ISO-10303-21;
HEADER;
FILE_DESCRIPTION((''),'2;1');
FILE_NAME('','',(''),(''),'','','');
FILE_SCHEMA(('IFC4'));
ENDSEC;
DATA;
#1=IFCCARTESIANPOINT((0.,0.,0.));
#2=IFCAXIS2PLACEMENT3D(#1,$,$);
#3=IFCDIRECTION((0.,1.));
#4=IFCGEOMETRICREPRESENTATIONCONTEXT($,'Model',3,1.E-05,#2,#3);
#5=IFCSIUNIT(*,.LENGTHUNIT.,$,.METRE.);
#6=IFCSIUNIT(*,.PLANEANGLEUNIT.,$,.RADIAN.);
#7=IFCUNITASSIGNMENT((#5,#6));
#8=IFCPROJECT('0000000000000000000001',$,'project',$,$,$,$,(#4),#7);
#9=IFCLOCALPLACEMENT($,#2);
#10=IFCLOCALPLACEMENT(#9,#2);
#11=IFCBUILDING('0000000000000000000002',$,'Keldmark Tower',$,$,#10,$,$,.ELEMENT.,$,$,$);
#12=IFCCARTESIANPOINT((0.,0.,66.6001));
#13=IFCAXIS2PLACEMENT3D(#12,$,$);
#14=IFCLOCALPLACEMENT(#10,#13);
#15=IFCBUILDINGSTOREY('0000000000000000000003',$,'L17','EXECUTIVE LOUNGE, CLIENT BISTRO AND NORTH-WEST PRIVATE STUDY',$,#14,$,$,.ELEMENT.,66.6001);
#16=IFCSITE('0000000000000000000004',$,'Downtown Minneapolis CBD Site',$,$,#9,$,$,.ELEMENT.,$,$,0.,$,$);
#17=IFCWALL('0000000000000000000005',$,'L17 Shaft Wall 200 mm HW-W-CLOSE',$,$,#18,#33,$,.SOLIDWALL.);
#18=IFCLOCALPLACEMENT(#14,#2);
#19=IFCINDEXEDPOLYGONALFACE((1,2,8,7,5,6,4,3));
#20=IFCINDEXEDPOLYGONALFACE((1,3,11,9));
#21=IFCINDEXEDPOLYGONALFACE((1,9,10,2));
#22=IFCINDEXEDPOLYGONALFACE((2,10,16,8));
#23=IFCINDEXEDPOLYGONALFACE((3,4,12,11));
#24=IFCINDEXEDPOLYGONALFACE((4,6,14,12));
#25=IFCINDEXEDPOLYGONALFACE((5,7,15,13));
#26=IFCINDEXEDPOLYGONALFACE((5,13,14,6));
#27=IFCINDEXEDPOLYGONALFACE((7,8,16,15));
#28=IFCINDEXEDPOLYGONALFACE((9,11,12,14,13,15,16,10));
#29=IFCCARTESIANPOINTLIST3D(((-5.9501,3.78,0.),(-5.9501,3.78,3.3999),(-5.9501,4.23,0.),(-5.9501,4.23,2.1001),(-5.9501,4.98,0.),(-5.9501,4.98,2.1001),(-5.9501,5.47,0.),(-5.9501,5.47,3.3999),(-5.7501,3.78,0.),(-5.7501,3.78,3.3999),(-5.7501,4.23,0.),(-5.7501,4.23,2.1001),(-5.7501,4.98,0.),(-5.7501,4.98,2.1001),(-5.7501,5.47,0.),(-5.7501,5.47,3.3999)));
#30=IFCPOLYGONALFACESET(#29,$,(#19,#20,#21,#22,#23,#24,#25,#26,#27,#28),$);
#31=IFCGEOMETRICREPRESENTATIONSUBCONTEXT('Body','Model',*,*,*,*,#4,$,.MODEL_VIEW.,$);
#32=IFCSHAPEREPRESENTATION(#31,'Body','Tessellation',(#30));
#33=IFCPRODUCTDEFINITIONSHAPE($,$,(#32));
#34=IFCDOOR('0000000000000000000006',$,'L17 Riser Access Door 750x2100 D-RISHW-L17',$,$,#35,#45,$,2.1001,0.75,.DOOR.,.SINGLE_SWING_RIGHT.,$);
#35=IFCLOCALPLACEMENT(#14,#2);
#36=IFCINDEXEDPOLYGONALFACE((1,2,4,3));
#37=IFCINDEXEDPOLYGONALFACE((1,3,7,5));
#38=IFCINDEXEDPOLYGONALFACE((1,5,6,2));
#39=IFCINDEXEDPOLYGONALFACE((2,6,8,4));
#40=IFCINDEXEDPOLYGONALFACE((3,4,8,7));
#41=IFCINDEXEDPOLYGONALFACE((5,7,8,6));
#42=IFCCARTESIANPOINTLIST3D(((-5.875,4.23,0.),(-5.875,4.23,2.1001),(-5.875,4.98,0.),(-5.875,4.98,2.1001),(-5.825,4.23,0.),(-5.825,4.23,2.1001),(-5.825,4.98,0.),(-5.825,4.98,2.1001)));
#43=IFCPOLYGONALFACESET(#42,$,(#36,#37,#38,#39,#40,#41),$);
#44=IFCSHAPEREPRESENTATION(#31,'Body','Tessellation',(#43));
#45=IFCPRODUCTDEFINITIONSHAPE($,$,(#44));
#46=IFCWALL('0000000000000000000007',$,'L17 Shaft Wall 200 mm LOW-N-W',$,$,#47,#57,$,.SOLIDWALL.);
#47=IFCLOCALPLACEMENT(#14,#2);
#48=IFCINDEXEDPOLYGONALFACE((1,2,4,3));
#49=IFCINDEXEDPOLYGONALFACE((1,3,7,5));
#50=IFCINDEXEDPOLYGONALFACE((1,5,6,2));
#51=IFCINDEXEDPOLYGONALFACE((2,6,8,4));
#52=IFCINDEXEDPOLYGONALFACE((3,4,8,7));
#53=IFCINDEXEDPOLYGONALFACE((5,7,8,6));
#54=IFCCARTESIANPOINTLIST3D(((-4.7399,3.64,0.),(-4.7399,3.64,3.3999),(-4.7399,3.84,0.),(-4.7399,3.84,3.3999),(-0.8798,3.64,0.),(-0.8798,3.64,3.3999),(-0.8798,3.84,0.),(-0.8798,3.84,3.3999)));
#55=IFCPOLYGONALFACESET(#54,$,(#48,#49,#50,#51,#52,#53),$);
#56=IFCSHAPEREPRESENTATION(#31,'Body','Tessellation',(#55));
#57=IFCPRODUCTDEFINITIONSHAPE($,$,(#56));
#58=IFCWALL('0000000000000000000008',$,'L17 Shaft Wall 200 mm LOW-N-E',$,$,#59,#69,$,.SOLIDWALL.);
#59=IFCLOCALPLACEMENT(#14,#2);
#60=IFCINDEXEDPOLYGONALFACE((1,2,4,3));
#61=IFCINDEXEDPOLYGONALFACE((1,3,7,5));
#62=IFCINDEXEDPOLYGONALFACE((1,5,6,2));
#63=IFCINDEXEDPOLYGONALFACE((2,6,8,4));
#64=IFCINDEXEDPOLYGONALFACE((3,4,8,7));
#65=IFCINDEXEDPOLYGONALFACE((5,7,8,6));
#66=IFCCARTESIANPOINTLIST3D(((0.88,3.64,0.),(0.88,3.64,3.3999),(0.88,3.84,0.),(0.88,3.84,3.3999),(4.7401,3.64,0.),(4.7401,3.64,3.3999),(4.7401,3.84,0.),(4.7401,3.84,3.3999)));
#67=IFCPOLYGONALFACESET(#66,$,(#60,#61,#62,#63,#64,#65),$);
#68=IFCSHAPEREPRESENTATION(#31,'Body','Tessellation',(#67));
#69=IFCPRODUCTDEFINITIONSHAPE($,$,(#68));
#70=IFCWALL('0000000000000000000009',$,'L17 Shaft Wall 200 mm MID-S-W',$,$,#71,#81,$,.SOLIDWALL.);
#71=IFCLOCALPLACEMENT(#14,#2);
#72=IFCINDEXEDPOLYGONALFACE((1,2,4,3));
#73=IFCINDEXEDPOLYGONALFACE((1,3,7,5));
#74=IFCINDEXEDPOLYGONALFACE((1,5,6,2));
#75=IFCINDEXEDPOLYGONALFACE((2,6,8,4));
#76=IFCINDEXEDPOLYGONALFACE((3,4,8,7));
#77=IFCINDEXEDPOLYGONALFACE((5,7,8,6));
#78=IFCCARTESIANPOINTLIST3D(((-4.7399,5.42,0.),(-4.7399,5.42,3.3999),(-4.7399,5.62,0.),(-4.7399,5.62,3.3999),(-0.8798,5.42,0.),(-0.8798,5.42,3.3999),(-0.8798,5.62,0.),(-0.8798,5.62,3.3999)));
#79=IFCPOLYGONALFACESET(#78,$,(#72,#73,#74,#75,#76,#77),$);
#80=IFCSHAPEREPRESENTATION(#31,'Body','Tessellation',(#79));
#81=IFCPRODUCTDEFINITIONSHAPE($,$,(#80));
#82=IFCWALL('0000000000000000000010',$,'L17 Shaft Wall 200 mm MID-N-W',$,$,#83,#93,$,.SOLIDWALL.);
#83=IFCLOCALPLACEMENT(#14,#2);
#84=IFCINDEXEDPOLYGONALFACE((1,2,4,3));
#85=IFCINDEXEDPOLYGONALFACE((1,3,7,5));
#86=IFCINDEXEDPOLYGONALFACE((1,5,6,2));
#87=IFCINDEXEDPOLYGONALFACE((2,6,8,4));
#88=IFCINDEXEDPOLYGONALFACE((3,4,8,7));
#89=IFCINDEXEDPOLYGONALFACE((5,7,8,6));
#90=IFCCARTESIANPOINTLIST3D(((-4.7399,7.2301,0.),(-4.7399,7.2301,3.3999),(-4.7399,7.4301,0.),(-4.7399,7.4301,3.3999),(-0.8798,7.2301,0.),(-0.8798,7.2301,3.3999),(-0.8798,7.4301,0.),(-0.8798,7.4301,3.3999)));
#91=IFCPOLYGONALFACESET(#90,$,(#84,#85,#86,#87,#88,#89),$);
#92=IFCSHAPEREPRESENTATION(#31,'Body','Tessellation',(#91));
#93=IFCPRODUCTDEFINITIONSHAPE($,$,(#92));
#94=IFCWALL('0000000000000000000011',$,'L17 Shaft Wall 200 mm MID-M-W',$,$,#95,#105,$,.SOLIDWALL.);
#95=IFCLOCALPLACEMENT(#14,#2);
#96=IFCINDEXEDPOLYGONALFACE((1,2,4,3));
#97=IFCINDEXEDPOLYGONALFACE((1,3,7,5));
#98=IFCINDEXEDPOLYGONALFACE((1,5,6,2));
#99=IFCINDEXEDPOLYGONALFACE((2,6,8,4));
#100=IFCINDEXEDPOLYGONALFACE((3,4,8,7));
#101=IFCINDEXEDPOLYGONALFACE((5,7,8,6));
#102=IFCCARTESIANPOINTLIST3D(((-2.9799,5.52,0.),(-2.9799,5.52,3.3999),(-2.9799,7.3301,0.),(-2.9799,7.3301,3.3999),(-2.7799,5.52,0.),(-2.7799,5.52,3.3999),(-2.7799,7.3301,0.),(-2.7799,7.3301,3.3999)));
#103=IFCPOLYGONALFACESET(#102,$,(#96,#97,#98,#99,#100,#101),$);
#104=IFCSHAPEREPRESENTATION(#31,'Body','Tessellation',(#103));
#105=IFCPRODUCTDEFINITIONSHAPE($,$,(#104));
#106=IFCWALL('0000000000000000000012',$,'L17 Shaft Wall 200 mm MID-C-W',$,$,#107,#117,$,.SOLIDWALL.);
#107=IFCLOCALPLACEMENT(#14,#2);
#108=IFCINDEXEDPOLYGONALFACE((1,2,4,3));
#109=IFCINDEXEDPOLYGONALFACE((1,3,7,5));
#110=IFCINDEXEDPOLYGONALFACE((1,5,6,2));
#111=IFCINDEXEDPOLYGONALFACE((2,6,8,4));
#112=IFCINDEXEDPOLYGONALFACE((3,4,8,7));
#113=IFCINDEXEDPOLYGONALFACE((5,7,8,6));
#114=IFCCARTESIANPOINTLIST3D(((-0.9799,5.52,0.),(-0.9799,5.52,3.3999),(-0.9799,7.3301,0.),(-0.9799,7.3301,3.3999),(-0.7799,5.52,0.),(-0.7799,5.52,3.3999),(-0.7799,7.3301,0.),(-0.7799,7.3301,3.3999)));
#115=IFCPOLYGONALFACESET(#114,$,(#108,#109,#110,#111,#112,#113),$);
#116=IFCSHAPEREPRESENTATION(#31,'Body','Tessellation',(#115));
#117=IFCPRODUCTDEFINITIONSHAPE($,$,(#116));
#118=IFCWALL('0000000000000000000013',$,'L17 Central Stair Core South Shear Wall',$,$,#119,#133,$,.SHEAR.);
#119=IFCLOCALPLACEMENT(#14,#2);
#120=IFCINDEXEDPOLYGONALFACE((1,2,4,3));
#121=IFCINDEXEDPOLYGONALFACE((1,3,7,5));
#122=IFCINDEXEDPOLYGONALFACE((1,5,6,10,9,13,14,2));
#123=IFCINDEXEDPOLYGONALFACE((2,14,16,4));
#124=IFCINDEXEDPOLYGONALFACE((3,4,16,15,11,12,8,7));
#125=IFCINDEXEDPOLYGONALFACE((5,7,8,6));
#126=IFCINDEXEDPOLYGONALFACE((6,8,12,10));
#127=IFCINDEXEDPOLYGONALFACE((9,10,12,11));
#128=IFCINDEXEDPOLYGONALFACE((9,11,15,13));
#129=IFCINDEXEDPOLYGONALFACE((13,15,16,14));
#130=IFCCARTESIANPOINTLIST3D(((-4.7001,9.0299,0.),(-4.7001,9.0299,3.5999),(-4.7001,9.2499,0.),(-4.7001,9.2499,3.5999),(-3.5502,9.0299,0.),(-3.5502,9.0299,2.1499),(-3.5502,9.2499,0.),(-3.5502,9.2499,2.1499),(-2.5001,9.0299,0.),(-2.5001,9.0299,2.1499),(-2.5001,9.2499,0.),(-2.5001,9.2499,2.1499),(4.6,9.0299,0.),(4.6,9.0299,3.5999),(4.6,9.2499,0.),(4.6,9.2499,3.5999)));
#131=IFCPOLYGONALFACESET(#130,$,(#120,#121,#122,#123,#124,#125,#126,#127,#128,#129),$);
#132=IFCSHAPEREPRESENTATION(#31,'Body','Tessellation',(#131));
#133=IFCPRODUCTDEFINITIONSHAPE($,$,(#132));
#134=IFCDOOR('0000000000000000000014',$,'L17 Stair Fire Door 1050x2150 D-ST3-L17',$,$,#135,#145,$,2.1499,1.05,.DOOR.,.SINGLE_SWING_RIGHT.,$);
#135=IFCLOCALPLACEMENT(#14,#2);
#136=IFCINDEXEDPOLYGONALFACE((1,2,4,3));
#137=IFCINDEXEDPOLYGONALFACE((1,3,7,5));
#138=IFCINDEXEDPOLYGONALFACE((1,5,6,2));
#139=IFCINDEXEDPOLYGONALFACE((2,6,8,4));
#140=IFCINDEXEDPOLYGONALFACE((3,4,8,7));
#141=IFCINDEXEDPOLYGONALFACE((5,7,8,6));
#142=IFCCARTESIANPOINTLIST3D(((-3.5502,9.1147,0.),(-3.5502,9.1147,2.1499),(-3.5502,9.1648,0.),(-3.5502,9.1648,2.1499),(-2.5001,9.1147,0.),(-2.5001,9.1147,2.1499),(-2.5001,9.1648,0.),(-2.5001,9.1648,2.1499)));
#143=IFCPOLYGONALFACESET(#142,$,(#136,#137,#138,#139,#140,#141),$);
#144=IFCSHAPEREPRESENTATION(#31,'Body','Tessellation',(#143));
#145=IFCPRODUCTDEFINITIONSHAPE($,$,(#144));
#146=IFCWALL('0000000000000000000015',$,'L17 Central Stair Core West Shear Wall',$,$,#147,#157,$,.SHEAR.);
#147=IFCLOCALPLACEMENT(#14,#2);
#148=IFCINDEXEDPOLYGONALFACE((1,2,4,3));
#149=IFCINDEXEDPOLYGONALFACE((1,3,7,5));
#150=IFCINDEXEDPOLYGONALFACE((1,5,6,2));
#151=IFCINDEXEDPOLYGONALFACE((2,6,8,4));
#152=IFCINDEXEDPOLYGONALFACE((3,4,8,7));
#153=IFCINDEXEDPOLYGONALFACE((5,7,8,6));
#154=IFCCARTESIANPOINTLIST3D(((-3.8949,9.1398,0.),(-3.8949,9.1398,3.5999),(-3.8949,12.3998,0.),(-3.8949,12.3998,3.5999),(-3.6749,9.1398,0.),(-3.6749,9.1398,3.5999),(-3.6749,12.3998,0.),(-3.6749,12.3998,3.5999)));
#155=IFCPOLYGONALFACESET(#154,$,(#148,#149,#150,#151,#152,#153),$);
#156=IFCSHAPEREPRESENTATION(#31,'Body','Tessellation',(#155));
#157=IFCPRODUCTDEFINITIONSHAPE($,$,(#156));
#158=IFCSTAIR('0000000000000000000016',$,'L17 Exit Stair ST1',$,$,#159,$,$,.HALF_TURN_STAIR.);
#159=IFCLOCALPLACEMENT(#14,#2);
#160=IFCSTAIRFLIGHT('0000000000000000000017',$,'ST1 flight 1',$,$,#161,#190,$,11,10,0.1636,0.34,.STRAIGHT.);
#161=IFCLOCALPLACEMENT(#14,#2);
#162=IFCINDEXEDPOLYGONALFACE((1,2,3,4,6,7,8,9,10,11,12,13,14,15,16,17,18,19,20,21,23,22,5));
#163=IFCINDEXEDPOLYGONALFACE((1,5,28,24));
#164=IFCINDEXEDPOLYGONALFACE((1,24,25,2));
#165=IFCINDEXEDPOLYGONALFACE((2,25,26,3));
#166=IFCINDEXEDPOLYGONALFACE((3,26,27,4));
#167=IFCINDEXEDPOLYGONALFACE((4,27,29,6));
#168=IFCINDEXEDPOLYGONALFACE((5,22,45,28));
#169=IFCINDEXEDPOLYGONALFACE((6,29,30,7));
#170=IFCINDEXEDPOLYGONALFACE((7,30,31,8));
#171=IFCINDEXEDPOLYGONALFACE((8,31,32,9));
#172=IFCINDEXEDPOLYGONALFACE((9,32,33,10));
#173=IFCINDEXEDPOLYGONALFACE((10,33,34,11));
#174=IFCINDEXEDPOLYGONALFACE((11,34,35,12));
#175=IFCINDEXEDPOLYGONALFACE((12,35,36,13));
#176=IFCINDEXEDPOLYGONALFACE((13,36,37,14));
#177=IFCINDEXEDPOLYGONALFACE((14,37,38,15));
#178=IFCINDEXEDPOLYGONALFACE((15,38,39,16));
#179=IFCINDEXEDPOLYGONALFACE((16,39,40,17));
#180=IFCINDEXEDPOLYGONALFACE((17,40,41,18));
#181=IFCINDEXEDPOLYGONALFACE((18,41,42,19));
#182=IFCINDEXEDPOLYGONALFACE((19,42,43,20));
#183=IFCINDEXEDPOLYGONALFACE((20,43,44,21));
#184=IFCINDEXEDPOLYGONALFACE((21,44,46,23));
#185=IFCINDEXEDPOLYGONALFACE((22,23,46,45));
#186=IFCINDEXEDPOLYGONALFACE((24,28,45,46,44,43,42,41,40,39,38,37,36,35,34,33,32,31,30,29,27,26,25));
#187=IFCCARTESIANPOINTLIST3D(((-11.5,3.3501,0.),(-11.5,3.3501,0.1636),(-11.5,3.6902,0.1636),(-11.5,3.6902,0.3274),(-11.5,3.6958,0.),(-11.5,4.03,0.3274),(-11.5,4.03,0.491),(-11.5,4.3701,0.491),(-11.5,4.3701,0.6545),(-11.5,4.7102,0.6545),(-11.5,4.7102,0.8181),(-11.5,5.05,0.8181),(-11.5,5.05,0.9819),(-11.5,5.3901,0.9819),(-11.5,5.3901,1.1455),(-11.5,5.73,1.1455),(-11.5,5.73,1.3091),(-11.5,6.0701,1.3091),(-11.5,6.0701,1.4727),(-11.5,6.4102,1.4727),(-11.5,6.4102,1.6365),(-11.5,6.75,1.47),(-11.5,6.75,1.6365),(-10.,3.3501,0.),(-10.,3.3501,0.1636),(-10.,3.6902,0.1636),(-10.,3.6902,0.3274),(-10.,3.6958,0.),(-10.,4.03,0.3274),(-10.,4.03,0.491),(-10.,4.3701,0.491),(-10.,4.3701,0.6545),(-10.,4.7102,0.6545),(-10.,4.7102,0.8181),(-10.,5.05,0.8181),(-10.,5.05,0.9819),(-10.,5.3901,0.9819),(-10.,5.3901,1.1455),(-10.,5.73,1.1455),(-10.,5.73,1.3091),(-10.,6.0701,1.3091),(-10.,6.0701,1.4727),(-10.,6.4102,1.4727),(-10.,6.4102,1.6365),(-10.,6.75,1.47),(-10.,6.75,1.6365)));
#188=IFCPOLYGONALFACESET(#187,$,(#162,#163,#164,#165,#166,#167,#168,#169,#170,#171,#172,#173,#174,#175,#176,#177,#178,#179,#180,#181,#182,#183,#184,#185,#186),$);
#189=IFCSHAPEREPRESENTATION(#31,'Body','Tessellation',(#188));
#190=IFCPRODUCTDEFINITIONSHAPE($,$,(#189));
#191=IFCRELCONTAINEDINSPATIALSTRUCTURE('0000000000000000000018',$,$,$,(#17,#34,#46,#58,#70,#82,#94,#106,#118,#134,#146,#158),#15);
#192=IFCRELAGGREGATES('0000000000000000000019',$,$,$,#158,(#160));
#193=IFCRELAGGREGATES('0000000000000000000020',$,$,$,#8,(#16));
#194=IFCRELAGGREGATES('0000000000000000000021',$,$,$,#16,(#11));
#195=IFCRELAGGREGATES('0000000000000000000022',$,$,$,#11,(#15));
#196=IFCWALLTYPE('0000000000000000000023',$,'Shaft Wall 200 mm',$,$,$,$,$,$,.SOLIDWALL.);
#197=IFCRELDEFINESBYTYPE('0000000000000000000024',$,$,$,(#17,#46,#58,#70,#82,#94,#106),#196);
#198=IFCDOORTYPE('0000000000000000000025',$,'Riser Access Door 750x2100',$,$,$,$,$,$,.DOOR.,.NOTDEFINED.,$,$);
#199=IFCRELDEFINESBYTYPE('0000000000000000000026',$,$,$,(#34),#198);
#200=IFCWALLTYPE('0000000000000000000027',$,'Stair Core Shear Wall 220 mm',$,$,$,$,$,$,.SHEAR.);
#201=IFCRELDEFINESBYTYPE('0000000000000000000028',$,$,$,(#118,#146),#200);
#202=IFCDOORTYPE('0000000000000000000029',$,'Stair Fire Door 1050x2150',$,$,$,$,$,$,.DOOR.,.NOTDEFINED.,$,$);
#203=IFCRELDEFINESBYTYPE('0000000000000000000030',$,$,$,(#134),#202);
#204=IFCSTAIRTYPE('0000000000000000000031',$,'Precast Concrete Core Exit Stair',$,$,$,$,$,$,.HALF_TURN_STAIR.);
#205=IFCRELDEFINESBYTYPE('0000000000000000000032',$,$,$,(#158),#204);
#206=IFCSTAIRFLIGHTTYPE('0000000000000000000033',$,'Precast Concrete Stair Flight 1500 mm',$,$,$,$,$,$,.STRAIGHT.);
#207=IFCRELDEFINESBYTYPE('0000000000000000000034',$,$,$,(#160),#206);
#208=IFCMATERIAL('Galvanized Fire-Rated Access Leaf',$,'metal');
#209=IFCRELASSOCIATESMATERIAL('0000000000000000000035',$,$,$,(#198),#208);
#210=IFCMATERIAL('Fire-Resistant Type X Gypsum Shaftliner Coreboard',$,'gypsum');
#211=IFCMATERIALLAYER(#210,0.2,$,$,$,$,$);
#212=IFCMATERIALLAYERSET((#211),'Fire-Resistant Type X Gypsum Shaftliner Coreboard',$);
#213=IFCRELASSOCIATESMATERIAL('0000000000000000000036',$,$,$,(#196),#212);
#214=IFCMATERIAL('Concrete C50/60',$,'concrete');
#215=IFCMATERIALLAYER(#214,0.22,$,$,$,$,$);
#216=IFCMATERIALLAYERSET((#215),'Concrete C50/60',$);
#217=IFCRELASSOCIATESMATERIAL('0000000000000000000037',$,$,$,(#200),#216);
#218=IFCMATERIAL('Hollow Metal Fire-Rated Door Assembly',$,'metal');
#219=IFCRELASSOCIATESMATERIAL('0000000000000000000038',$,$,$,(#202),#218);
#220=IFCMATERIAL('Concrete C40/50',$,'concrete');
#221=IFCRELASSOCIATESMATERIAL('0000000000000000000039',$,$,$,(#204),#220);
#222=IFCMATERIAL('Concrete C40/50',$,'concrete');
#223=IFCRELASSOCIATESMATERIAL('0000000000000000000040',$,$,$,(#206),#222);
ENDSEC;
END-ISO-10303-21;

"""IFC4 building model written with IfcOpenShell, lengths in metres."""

from ifc_helpers import new_model, si_unit, direction, frame, frame_2d, origin, place, context, subcontext, project, spatial, polyline, rectangle, outline, extrude, material, layer, layer_set, type_object, element, fill, aggregate, save


model = new_model("IFC4")

# Units and contexts
model_context = context("Model", 3, precision=1e-05, world=origin(), true_north=direction((0.0, 1.0)))
body_context = subcontext(model_context, "Body", "Model", "MODEL_VIEW")
ifc_project = project(units=[si_unit("LENGTHUNIT", "METRE"), si_unit("PLANEANGLEUNIT", "RADIAN")], contexts=[model_context])

# Site, building, storey
site_placement = place(None, origin())
site = spatial("IfcSite", under=ifc_project, at=site_placement, Name="Downtown Minneapolis CBD Site", CompositionType="ELEMENT", RefElevation=0.0)
building_placement = place(site_placement, origin())
building = spatial("IfcBuilding", under=site, at=building_placement, Name="Keldmark Tower", CompositionType="ELEMENT")
storey_placement = place(building_placement, frame((0.0, 0.0, 66.6001)))
storey = spatial("IfcBuildingStorey", under=building, at=storey_placement, Name="L17", Description="EXECUTIVE LOUNGE, CLIENT BISTRO AND NORTH-WEST PRIVATE STUDY", CompositionType="ELEMENT", Elevation=66.6001)

# Shared definitions
ifc_material_1 = material(Name="Galvanized Fire-Rated Access Leaf", Category="metal")
door_type_1 = type_object("IfcDoorType", Name="Riser Access Door 750x2100", OperationType="NOTDEFINED", PredefinedType="DOOR", material=ifc_material_1)

# Shared definitions
ifc_material_2 = material(Name="Fire-Resistant Type X Gypsum Shaftliner Coreboard", Category="gypsum")
ifc_layer_1 = layer(ifc_material_2, 0.2)
ifc_layer_set_1 = layer_set([ifc_layer_1], Name="Fire-Resistant Type X Gypsum Shaftliner Coreboard")
wall_type_1 = type_object("IfcWallType", Name="Shaft Wall 200 mm", PredefinedType="SOLIDWALL", material=ifc_layer_set_1)

# Wall, opening, door
wall_1_placement = place(storey_placement, frame((-5.8501, 3.78, 0.0), z_axis=(0.0, 0.0, 1.0), x_axis=(0.0, 1.0, 0.0)))
wall_1 = element("IfcWall", 1, at=wall_1_placement, inside=storey, type_object=wall_type_1, Name="L17 Shaft Wall 200 mm HW-W-CLOSE", PredefinedType="SOLIDWALL", context=body_context, shape_type="SweptSolid", body=[
    extrude(rectangle(XDim=1.6899, YDim=0.2, at=frame_2d((0.845, 0.0))), origin(), (0.0, 0.0, 1.0), 3.3999),
])
opening_1_placement = place(wall_1_placement, frame((0.45, 0.0, 0.0)))
opening_1 = element("IfcOpeningElement", 2, at=opening_1_placement, cuts=wall_1, PredefinedType="OPENING", context=body_context, shape_type="SweptSolid", body=[
    extrude(rectangle(XDim=0.75, YDim=2.1001, at=frame_2d((0.375, 1.05))), frame((0.0, 0.1099, 0.0), z_axis=(0.0, -1.0, 0.0), x_axis=(1.0, 0.0, 0.0)), (0.0, 0.0, 1.0), 0.22),
])
door_1_placement = place(opening_1_placement, origin())
door_1 = element("IfcDoor", 3, at=door_1_placement, inside=storey, type_object=door_type_1, Name="L17 Riser Access Door 750x2100 D-RISHW-L17", OperationType="SINGLE_SWING_RIGHT", OverallHeight=2.1001, OverallWidth=0.75, PredefinedType="DOOR", context=body_context, shape_type="SweptSolid", body=[
    extrude(rectangle(XDim=0.75, YDim=2.1001, at=frame_2d((0.375, 1.05))), frame((0.0, 0.0249, 0.0), z_axis=(0.0, -1.0, 0.0), x_axis=(1.0, 0.0, 0.0)), (0.0, 0.0, 1.0), 0.05),
])
fill(opening_1, door_1)

# Walls
for number, where, z_axis, x_axis, name in (
    (4, (-4.74, 3.74, 0.0), (0.0, 0.0, 1.0), (1.0, 0.0, 0.0), "L17 Shaft Wall 200 mm LOW-N-W"),
    (5, (0.8799, 3.74, 0.0), (0.0, 0.0, 1.0), (1.0, 0.0, 0.0), "L17 Shaft Wall 200 mm LOW-N-E"),
    (6, (-4.74, 5.52, 0.0), (0.0, 0.0, 1.0), (1.0, 0.0, 0.0), "L17 Shaft Wall 200 mm MID-S-W"),
    (7, (-4.74, 7.3301, 0.0), (0.0, 0.0, 1.0), (1.0, 0.0, 0.0), "L17 Shaft Wall 200 mm MID-N-W"),
):
    element("IfcWall", number, at=place(storey_placement, frame(where, z_axis=z_axis, x_axis=x_axis)), inside=storey, type_object=wall_type_1, Name=name, PredefinedType="SOLIDWALL", context=body_context, shape_type="SweptSolid", body=[
        extrude(rectangle(XDim=3.8601, YDim=0.2, at=frame_2d((1.9302, 0.0))), origin(), (0.0, 0.0, 1.0), 3.3999),
    ])
for number, where, z_axis, x_axis, name in (
    (8, (-2.8799, 5.52, 0.0), (0.0, 0.0, 1.0), (0.0, 1.0, 0.0), "L17 Shaft Wall 200 mm MID-M-W"),
    (9, (-0.8799, 5.52, 0.0), (0.0, 0.0, 1.0), (0.0, 1.0, 0.0), "L17 Shaft Wall 200 mm MID-C-W"),
):
    element("IfcWall", number, at=place(storey_placement, frame(where, z_axis=z_axis, x_axis=x_axis)), inside=storey, type_object=wall_type_1, Name=name, PredefinedType="SOLIDWALL", context=body_context, shape_type="SweptSolid", body=[
        extrude(rectangle(XDim=1.8101, YDim=0.2, at=frame_2d((0.905, 0.0))), origin(), (0.0, 0.0, 1.0), 3.3999),
    ])

# Wall, opening, door
ifc_material_3 = material(Name="Concrete C50/60", Category="concrete")
ifc_layer_2 = layer(ifc_material_3, 0.22)
ifc_layer_set_2 = layer_set([ifc_layer_2], Name="Concrete C50/60")
wall_type_2 = type_object("IfcWallType", Name="Stair Core Shear Wall 220 mm", PredefinedType="SHEAR", material=ifc_layer_set_2)
wall_2_placement = place(storey_placement, frame((-4.7, 9.1399, 0.0), z_axis=(0.0, 0.0, 1.0), x_axis=(1.0, 0.0, 0.0)))
wall_2 = element("IfcWall", 10, at=wall_2_placement, inside=storey, type_object=wall_type_2, Name="L17 Central Stair Core South Shear Wall", PredefinedType="SHEAR", context=body_context, shape_type="SweptSolid", body=[
    extrude(rectangle(XDim=9.3, YDim=0.22, at=frame_2d((4.6499, 0.0))), origin(), (0.0, 0.0, 1.0), 3.5999),
])
opening_2_placement = place(wall_2_placement, frame((1.1499, 0.0, 0.0)))
opening_2 = element("IfcOpeningElement", 11, at=opening_2_placement, cuts=wall_2, PredefinedType="OPENING", context=body_context, shape_type="SweptSolid", body=[
    extrude(rectangle(XDim=1.05, YDim=2.1499, at=frame_2d((0.5249, 1.075))), frame((0.0, 0.1199, 0.0), z_axis=(0.0, -1.0, 0.0), x_axis=(1.0, 0.0, 0.0)), (0.0, 0.0, 1.0), 0.24),
])
ifc_material_4 = material(Name="Hollow Metal Fire-Rated Door Assembly", Category="metal")
door_type_2 = type_object("IfcDoorType", Name="Stair Fire Door 1050x2150", OperationType="NOTDEFINED", PredefinedType="DOOR", material=ifc_material_4)
door_2_placement = place(opening_2_placement, origin())
door_2 = element("IfcDoor", 12, at=door_2_placement, inside=storey, type_object=door_type_2, Name="L17 Stair Fire Door 1050x2150 D-ST3-L17", OperationType="SINGLE_SWING_RIGHT", OverallHeight=2.1499, OverallWidth=1.05, PredefinedType="DOOR", context=body_context, shape_type="SweptSolid", body=[
    extrude(rectangle(XDim=1.05, YDim=2.1499, at=frame_2d((0.5249, 1.075))), frame((0.0, 0.0249, 0.0), z_axis=(0.0, -1.0, 0.0), x_axis=(1.0, 0.0, 0.0)), (0.0, 0.0, 1.0), 0.05),
])
fill(opening_2, door_2)

# Wall
wall_3_placement = place(storey_placement, frame((-3.7849, 9.1399, 0.0), z_axis=(0.0, 0.0, 1.0), x_axis=(0.0, 1.0, 0.0)))
element("IfcWall", 13, at=wall_3_placement, inside=storey, type_object=wall_type_2, Name="L17 Central Stair Core West Shear Wall", PredefinedType="SHEAR", context=body_context, shape_type="SweptSolid", body=[
    extrude(rectangle(XDim=3.26, YDim=0.22, at=frame_2d((1.6299, 0.0))), origin(), (0.0, 0.0, 1.0), 3.5999),
])

# Stair, stair flight
ifc_material_5 = material(Name="Concrete C40/50", Category="concrete")
stair_type = type_object("IfcStairType", Name="Precast Concrete Core Exit Stair", PredefinedType="HALF_TURN_STAIR", material=ifc_material_5)
stair_placement = place(storey_placement, origin())
stair = element("IfcStair", 14, at=stair_placement, inside=storey, type_object=stair_type, Name="L17 Exit Stair ST1", PredefinedType="HALF_TURN_STAIR")
ifc_material_6 = material(Name="Concrete C40/50", Category="concrete")
stair_flight_type = type_object("IfcStairFlightType", Name="Precast Concrete Stair Flight 1500 mm", PredefinedType="STRAIGHT", material=ifc_material_6)
stair_flight_1_placement = place(storey_placement, frame((-10.75, 3.3501, 0.0), z_axis=(0.0, 0.0, 1.0), x_axis=(0.0, 1.0, 0.0)))
stair_flight_1 = element("IfcStairFlight", 15, at=stair_flight_1_placement, type_object=stair_flight_type, Name="ST1 flight 1", NumberOfRisers=11, NumberOfTreads=10, PredefinedType="STRAIGHT", RiserHeight=0.1636, TreadLength=0.34, context=body_context, shape_type="SweptSolid", body=[
    extrude(outline(polyline([(0.0, 0.0), (0.0, 0.1636), (0.3401, 0.1636), (0.3401, 0.3274), (0.6799, 0.3274), (0.6799, 0.491), (1.02, 0.491), (1.02, 0.6545), (1.3601, 0.6545), (1.3601, 0.8181), (1.7, 0.8181), (1.7, 0.9819), (2.04, 0.9819), (2.04, 1.1455), (2.3799, 1.1455), (2.3799, 1.3091), (2.72, 1.3091), (2.72, 1.4727), (3.0601, 1.4727), (3.0601, 1.6365), (3.3999, 1.6365), (3.3999, 1.8), (3.3999, 1.47), (0.3457, 0.0), (0.0, 0.0)])), frame((0.0, 0.75, 0.0), z_axis=(0.0, -1.0, 0.0), x_axis=(1.0, 0.0, 0.0)), (0.0, 0.0, 1.0), 1.5),
])
aggregate(stair, [stair_flight_1])

save(model, "model.ifc")
